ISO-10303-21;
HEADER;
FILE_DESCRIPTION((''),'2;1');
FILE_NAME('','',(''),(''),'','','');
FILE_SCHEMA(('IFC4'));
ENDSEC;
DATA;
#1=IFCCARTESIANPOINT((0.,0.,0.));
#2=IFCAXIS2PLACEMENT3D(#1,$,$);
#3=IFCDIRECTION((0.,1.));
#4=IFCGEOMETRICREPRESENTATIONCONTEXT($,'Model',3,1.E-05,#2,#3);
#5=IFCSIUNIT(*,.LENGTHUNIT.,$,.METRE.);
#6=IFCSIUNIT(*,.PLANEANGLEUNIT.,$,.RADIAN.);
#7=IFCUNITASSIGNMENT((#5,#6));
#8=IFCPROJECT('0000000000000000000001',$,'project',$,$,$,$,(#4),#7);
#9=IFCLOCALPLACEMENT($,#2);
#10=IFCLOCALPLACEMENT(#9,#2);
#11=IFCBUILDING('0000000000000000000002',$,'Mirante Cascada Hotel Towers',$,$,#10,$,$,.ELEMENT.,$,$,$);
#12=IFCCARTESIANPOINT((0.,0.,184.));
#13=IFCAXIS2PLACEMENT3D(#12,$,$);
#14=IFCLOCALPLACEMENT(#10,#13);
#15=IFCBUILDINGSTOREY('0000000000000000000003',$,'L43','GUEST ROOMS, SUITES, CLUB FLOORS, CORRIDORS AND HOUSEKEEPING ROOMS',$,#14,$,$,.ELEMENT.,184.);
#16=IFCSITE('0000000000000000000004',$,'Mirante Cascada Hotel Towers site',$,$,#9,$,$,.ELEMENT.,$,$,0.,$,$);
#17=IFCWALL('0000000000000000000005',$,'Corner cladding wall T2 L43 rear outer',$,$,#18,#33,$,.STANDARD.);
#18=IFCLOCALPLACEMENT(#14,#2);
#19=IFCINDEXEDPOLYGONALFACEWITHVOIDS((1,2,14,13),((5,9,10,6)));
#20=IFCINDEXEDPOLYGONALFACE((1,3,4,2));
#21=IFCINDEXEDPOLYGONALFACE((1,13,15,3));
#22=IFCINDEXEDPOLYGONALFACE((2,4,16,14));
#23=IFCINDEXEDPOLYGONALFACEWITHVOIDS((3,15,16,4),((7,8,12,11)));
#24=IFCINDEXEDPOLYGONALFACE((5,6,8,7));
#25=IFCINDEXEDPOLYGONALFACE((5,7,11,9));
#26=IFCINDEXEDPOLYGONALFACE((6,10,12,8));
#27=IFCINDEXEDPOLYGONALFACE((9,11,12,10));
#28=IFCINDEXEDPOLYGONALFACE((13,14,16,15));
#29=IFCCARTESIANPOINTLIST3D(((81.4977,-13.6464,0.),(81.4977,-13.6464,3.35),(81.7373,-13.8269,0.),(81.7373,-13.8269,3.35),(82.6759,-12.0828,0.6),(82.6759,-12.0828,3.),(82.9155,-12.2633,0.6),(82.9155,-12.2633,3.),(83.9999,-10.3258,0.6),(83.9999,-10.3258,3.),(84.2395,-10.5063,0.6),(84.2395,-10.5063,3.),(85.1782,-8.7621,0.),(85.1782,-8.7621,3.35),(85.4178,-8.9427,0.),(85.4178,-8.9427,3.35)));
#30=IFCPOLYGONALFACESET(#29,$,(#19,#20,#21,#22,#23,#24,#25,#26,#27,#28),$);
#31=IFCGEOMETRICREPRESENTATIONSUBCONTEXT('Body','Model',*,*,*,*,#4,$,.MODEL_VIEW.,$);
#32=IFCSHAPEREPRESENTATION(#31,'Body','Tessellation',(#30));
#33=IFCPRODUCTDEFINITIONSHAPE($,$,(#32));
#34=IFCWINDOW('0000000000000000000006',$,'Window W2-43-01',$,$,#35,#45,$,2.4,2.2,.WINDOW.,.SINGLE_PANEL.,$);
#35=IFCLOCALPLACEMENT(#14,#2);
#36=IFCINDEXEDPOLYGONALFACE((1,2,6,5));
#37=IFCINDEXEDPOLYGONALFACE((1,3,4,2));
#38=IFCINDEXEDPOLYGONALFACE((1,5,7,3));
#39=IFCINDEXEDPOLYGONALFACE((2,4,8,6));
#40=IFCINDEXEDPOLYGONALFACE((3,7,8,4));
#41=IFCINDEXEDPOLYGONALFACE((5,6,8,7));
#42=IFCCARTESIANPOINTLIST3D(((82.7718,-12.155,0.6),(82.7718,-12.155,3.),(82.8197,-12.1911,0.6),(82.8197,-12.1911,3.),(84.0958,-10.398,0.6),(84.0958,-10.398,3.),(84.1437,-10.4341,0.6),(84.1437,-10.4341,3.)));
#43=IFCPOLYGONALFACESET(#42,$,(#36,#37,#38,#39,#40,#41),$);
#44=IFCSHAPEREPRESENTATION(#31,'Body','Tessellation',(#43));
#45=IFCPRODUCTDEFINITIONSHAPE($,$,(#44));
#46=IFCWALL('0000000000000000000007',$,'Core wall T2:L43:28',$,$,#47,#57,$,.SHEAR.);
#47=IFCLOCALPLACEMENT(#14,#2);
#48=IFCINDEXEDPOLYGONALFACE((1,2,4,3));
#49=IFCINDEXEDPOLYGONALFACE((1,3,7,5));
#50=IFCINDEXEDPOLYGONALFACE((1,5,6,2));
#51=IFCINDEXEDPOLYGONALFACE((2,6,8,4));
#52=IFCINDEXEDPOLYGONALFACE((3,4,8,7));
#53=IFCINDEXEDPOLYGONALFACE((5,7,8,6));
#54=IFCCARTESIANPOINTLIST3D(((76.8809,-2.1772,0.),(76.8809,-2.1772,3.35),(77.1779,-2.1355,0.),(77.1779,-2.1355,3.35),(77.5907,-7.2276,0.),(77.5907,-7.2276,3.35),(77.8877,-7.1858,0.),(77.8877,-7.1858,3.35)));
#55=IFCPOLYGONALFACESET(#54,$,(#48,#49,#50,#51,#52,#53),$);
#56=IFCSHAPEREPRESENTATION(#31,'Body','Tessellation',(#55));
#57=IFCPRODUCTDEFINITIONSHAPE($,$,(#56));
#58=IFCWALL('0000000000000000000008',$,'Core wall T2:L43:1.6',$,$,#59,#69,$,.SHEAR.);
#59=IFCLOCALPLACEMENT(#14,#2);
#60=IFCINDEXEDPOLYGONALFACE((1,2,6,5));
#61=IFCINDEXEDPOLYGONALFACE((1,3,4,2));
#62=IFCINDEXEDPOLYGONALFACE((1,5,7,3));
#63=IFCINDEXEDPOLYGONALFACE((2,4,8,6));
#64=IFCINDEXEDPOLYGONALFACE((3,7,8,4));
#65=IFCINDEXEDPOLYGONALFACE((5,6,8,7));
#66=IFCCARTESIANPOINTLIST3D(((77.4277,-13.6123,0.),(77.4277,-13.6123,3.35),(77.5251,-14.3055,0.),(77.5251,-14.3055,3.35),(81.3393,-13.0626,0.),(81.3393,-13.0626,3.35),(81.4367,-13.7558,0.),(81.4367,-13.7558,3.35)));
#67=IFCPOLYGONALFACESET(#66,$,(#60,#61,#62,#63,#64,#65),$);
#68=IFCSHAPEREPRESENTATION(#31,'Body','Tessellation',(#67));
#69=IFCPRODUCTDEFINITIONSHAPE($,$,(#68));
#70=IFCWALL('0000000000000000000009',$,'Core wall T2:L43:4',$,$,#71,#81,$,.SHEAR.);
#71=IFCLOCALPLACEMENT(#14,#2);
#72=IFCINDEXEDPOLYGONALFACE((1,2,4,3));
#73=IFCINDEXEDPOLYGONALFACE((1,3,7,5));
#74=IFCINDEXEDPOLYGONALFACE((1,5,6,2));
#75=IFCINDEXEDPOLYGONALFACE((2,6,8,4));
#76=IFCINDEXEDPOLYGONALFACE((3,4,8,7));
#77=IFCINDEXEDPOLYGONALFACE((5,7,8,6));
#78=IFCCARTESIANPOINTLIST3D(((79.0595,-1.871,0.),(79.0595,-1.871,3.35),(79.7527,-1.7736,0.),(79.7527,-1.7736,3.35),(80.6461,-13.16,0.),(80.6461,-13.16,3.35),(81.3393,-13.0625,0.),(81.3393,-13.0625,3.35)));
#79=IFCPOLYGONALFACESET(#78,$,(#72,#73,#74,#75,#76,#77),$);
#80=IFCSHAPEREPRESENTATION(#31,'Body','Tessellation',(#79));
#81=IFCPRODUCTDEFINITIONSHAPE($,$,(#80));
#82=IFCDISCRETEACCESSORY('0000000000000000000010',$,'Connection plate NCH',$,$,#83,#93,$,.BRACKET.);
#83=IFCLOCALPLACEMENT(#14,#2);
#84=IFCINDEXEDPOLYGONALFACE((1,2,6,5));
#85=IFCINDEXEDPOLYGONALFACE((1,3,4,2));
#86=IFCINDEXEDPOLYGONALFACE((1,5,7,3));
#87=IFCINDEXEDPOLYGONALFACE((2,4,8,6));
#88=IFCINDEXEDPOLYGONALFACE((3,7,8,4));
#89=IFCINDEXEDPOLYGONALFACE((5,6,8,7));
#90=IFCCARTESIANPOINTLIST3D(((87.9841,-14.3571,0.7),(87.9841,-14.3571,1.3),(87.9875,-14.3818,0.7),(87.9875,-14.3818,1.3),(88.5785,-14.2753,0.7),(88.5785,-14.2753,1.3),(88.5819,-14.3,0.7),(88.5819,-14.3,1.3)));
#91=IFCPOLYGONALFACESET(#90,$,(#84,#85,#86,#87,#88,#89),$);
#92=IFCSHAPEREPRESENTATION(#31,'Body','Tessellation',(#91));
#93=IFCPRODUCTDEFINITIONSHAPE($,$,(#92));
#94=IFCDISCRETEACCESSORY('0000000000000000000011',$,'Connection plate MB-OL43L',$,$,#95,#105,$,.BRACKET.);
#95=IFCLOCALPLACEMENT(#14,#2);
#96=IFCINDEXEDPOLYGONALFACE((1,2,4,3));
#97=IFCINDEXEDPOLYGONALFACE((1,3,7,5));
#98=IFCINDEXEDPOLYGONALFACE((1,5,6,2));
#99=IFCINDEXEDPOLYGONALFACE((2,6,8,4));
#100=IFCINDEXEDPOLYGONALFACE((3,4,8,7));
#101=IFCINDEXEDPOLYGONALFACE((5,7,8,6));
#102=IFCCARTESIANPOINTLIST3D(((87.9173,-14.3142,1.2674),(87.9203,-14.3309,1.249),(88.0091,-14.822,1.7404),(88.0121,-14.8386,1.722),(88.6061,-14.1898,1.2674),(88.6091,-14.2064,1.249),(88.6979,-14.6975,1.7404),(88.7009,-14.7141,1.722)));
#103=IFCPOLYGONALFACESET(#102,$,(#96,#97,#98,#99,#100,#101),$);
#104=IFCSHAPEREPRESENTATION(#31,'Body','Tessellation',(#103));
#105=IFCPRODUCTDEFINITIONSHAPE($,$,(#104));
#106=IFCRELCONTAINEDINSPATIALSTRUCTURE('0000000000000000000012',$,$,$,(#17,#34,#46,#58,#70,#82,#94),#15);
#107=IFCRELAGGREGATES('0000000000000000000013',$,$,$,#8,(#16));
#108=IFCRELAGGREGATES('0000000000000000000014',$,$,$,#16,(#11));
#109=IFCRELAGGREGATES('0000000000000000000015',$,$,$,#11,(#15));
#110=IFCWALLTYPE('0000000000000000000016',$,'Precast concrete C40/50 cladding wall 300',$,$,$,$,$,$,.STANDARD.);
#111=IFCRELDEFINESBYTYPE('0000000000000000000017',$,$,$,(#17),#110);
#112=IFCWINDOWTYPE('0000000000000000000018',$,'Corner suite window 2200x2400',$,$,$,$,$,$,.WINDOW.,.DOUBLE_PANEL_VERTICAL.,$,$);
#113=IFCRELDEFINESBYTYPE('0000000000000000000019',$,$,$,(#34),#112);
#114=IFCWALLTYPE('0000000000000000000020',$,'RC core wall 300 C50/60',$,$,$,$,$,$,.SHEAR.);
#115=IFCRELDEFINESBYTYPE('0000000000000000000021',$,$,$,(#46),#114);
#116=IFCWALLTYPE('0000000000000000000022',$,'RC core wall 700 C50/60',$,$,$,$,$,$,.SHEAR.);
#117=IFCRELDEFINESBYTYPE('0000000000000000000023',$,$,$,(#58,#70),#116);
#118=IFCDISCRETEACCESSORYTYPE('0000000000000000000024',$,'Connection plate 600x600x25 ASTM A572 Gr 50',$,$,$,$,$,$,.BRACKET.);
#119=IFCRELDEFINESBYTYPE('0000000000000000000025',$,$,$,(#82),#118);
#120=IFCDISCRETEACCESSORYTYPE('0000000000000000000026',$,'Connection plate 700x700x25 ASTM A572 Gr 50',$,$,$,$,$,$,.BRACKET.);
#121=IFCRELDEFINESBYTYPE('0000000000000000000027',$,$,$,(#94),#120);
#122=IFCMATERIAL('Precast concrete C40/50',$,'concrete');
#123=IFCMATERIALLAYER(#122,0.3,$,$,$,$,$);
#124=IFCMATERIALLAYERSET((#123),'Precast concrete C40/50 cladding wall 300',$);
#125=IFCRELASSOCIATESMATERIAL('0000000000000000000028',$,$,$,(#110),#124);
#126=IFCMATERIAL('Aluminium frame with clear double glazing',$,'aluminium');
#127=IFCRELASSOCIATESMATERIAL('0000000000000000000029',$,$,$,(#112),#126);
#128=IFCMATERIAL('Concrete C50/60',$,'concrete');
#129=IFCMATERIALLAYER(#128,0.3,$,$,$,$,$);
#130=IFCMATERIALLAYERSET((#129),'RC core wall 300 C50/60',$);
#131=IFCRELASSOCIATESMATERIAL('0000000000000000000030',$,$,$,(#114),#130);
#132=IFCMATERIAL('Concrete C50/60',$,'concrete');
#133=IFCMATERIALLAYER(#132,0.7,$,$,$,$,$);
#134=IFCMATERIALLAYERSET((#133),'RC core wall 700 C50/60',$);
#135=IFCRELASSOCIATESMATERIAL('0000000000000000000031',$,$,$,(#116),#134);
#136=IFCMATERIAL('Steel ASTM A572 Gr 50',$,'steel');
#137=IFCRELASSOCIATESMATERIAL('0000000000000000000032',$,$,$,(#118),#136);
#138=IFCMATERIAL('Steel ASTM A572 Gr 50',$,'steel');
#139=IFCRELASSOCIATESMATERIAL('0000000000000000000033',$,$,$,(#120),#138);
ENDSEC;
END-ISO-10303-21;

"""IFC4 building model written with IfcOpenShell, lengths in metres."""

from ifc_helpers import new_model, si_unit, direction, frame, frame_2d, origin, origin_2d, place, context, subcontext, project, spatial, rectangle, extrude, material, layer, layer_set, material_profile, profile_set, type_object, element, fill, save


model = new_model("IFC4")

# Units and contexts
model_context = context("Model", 3, precision=1e-05, world=origin(), true_north=direction((0.0, 1.0)))
body_context = subcontext(model_context, "Body", "Model", "MODEL_VIEW")
ifc_project = project(units=[si_unit("LENGTHUNIT", "METRE"), si_unit("PLANEANGLEUNIT", "RADIAN")], contexts=[model_context])

# Site, building, storey
site_placement = place(None, origin())
site = spatial("IfcSite", under=ifc_project, at=site_placement, Name="Mirante Cascada Hotel Towers site", CompositionType="ELEMENT", RefElevation=0.0)
building_placement = place(site_placement, origin())
building = spatial("IfcBuilding", under=site, at=building_placement, Name="Mirante Cascada Hotel Towers", CompositionType="ELEMENT")
storey_placement = place(building_placement, frame((0.0, 0.0, 184.0)))
storey = spatial("IfcBuildingStorey", under=building, at=storey_placement, Name="L43", Description="GUEST ROOMS, SUITES, CLUB FLOORS, CORRIDORS AND HOUSEKEEPING ROOMS", CompositionType="ELEMENT", Elevation=184.0)

# Wall, opening, window
ifc_material_1 = material(Name="Precast concrete C40/50", Category="concrete")
ifc_layer_1 = layer(ifc_material_1, 0.3)
ifc_layer_set_1 = layer_set([ifc_layer_1], Name="Precast concrete C40/50 cladding wall 300")
wall_type_1 = type_object("IfcWallType", Name="Precast concrete C40/50 cladding wall 300", PredefinedType="STANDARD", material=ifc_layer_set_1)
wall_1_placement = place(storey_placement, frame((81.6175, -13.7366, 0.0), z_axis=(0.0, 0.0, 1.0), x_axis=(0.601814, 0.798636, 0.0)))
wall_1 = element("IfcWall", 1, at=wall_1_placement, inside=storey, type_object=wall_type_1, Name="Corner cladding wall T2 L43 rear outer", PredefinedType="STANDARD", context=body_context, shape_type="SweptSolid", body=[
    extrude(rectangle(XDim=6.1157, YDim=0.3, at=frame_2d((3.0578, 0.0))), origin(), (0.0, 0.0, 1.0), 3.35),
])
opening_1_placement = place(wall_1_placement, frame((1.9578, 0.0, 0.6)))
opening_1 = element("IfcOpeningElement", 2, at=opening_1_placement, cuts=wall_1, PredefinedType="OPENING", context=body_context, shape_type="SweptSolid", body=[
    extrude(rectangle(XDim=2.2, YDim=2.4, at=frame_2d((1.1, 1.2))), frame((0.0, 0.15, 0.0), z_axis=(0.0, -1.0, 0.0), x_axis=(1.0, 0.0, 0.0)), (0.0, 0.0, 1.0), 0.3),
])
ifc_material_2 = material(Name="Aluminium frame with clear double glazing", Category="aluminium")
window_type = type_object("IfcWindowType", Name="Corner suite window 2200x2400", PartitioningType="DOUBLE_PANEL_VERTICAL", PredefinedType="WINDOW", material=ifc_material_2)
window_placement = place(opening_1_placement, origin())
window = element("IfcWindow", 3, at=window_placement, inside=storey, type_object=window_type, Name="Window W2-43-01", OverallHeight=2.4, OverallWidth=2.2, PartitioningType="SINGLE_PANEL", PredefinedType="WINDOW", context=body_context, shape_type="SweptSolid", body=[
    extrude(rectangle(XDim=2.2, YDim=2.4, at=frame_2d((1.1, 1.2))), frame((0.0, 0.03, 0.0), z_axis=(0.0, -1.0, 0.0), x_axis=(1.0, 0.0, 0.0)), (0.0, 0.0, 1.0), 0.06),
])
fill(opening_1, window)

# Walls
ifc_material_3 = material(Name="Concrete C50/60", Category="concrete")
ifc_layer_2 = layer(ifc_material_3, 0.3)
ifc_layer_set_2 = layer_set([ifc_layer_2], Name="RC core wall 300 C50/60")
wall_type_2 = type_object("IfcWallType", Name="RC core wall 300 C50/60", PredefinedType="SHEAR", material=ifc_layer_set_2)
wall_2_placement = place(storey_placement, frame((77.7392, -7.2067, 0.0), z_axis=(0.0, 0.0, 1.0), x_axis=(-0.139176, 0.990268, 0.0)))
element("IfcWall", 4, at=wall_2_placement, inside=storey, type_object=wall_type_2, Name="Core wall T2:L43:28", PredefinedType="SHEAR", context=body_context, shape_type="SweptSolid", body=[
    extrude(rectangle(XDim=5.1, YDim=0.3, at=frame_2d((2.55, 0.0))), origin(), (0.0, 0.0, 1.0), 3.35),
])
ifc_material_4 = material(Name="Concrete C50/60", Category="concrete")
ifc_layer_3 = layer(ifc_material_4, 0.7)
ifc_layer_set_3 = layer_set([ifc_layer_3], Name="RC core wall 700 C50/60")
wall_type_3 = type_object("IfcWallType", Name="RC core wall 700 C50/60", PredefinedType="SHEAR", material=ifc_layer_set_3)
wall_3_placement = place(storey_placement, frame((77.4764, -13.9589, 0.0), z_axis=(0.0, 0.0, 1.0), x_axis=(0.990269, 0.139163, 0.0)))
element("IfcWall", 5, at=wall_3_placement, inside=storey, type_object=wall_type_3, Name="Core wall T2:L43:1.6", PredefinedType="SHEAR", context=body_context, shape_type="SweptSolid", body=[
    extrude(rectangle(XDim=3.95, YDim=0.7, at=frame_2d((1.975, 0.0))), origin(), (0.0, 0.0, 1.0), 3.35),
])
wall_4_placement = place(storey_placement, frame((80.9927, -13.1113, 0.0), z_axis=(0.0, 0.0, 1.0), x_axis=(-0.139176, 0.990268, 0.0)))
element("IfcWall", 6, at=wall_4_placement, inside=storey, type_object=wall_type_3, Name="Core wall T2:L43:4", PredefinedType="SHEAR", context=body_context, shape_type="SweptSolid", body=[
    extrude(rectangle(XDim=11.3999, YDim=0.7, at=frame_2d((5.7, 0.0))), origin(), (0.0, 0.0, 1.0), 3.35),
])

# Discrete accessories
ifc_material_5 = material(Name="Steel ASTM A572 Gr 50", Category="steel")
ifc_material_profile_1 = material_profile(ifc_material_5, rectangle(XDim=0.6, YDim=0.6, at=origin_2d()), Name="Connection plate 600x600x25 ASTM A572 Gr 50")
ifc_profile_set_1 = profile_set([ifc_material_profile_1], Name="Steel ASTM A572 Gr 50")
discrete_accessory_type_1 = type_object("IfcDiscreteAccessoryType", Name="Connection plate 600x600x25 ASTM A572 Gr 50", PredefinedType="BRACKET", material=ifc_profile_set_1)
discrete_accessory_1_placement = place(storey_placement, frame((88.2847, -14.3409, 1.0), z_axis=(-0.136366, 0.990658, 0.0), x_axis=(-0.990658, -0.136366, 0.0)))
element("IfcDiscreteAccessory", 7, at=discrete_accessory_1_placement, inside=storey, type_object=discrete_accessory_type_1, Name="Connection plate NCH", PredefinedType="BRACKET", context=body_context, shape_type="SweptSolid", body=[
    extrude(rectangle(XDim=0.6, YDim=0.6, at=origin_2d()), origin(), (0.0, 0.0, 1.0), 0.0249),
])
ifc_material_6 = material(Name="Steel ASTM A572 Gr 50", Category="steel")
ifc_material_profile_2 = material_profile(ifc_material_6, rectangle(XDim=0.7, YDim=0.7, at=origin_2d()), Name="Connection plate 700x700x25 ASTM A572 Gr 50")
ifc_profile_set_2 = profile_set([ifc_material_profile_2], Name="Steel ASTM A572 Gr 50")
discrete_accessory_type_2 = type_object("IfcDiscreteAccessoryType", Name="Connection plate 700x700x25 ASTM A572 Gr 50", PredefinedType="BRACKET", material=ifc_profile_set_2)
discrete_accessory_2_placement = place(storey_placement, frame((88.3106, -14.5225, 1.4855), z_axis=(-0.120181, 0.665001, 0.737109), x_axis=(-0.984059, -0.177842, 0.0)))
element("IfcDiscreteAccessory", 8, at=discrete_accessory_2_placement, inside=storey, type_object=discrete_accessory_type_2, Name="Connection plate MB-OL43L", PredefinedType="BRACKET", context=body_context, shape_type="SweptSolid", body=[
    extrude(rectangle(XDim=0.7, YDim=0.7, at=origin_2d()), origin(), (0.0, 0.0, 1.0), 0.025),
])

save(model, "model.ifc")
